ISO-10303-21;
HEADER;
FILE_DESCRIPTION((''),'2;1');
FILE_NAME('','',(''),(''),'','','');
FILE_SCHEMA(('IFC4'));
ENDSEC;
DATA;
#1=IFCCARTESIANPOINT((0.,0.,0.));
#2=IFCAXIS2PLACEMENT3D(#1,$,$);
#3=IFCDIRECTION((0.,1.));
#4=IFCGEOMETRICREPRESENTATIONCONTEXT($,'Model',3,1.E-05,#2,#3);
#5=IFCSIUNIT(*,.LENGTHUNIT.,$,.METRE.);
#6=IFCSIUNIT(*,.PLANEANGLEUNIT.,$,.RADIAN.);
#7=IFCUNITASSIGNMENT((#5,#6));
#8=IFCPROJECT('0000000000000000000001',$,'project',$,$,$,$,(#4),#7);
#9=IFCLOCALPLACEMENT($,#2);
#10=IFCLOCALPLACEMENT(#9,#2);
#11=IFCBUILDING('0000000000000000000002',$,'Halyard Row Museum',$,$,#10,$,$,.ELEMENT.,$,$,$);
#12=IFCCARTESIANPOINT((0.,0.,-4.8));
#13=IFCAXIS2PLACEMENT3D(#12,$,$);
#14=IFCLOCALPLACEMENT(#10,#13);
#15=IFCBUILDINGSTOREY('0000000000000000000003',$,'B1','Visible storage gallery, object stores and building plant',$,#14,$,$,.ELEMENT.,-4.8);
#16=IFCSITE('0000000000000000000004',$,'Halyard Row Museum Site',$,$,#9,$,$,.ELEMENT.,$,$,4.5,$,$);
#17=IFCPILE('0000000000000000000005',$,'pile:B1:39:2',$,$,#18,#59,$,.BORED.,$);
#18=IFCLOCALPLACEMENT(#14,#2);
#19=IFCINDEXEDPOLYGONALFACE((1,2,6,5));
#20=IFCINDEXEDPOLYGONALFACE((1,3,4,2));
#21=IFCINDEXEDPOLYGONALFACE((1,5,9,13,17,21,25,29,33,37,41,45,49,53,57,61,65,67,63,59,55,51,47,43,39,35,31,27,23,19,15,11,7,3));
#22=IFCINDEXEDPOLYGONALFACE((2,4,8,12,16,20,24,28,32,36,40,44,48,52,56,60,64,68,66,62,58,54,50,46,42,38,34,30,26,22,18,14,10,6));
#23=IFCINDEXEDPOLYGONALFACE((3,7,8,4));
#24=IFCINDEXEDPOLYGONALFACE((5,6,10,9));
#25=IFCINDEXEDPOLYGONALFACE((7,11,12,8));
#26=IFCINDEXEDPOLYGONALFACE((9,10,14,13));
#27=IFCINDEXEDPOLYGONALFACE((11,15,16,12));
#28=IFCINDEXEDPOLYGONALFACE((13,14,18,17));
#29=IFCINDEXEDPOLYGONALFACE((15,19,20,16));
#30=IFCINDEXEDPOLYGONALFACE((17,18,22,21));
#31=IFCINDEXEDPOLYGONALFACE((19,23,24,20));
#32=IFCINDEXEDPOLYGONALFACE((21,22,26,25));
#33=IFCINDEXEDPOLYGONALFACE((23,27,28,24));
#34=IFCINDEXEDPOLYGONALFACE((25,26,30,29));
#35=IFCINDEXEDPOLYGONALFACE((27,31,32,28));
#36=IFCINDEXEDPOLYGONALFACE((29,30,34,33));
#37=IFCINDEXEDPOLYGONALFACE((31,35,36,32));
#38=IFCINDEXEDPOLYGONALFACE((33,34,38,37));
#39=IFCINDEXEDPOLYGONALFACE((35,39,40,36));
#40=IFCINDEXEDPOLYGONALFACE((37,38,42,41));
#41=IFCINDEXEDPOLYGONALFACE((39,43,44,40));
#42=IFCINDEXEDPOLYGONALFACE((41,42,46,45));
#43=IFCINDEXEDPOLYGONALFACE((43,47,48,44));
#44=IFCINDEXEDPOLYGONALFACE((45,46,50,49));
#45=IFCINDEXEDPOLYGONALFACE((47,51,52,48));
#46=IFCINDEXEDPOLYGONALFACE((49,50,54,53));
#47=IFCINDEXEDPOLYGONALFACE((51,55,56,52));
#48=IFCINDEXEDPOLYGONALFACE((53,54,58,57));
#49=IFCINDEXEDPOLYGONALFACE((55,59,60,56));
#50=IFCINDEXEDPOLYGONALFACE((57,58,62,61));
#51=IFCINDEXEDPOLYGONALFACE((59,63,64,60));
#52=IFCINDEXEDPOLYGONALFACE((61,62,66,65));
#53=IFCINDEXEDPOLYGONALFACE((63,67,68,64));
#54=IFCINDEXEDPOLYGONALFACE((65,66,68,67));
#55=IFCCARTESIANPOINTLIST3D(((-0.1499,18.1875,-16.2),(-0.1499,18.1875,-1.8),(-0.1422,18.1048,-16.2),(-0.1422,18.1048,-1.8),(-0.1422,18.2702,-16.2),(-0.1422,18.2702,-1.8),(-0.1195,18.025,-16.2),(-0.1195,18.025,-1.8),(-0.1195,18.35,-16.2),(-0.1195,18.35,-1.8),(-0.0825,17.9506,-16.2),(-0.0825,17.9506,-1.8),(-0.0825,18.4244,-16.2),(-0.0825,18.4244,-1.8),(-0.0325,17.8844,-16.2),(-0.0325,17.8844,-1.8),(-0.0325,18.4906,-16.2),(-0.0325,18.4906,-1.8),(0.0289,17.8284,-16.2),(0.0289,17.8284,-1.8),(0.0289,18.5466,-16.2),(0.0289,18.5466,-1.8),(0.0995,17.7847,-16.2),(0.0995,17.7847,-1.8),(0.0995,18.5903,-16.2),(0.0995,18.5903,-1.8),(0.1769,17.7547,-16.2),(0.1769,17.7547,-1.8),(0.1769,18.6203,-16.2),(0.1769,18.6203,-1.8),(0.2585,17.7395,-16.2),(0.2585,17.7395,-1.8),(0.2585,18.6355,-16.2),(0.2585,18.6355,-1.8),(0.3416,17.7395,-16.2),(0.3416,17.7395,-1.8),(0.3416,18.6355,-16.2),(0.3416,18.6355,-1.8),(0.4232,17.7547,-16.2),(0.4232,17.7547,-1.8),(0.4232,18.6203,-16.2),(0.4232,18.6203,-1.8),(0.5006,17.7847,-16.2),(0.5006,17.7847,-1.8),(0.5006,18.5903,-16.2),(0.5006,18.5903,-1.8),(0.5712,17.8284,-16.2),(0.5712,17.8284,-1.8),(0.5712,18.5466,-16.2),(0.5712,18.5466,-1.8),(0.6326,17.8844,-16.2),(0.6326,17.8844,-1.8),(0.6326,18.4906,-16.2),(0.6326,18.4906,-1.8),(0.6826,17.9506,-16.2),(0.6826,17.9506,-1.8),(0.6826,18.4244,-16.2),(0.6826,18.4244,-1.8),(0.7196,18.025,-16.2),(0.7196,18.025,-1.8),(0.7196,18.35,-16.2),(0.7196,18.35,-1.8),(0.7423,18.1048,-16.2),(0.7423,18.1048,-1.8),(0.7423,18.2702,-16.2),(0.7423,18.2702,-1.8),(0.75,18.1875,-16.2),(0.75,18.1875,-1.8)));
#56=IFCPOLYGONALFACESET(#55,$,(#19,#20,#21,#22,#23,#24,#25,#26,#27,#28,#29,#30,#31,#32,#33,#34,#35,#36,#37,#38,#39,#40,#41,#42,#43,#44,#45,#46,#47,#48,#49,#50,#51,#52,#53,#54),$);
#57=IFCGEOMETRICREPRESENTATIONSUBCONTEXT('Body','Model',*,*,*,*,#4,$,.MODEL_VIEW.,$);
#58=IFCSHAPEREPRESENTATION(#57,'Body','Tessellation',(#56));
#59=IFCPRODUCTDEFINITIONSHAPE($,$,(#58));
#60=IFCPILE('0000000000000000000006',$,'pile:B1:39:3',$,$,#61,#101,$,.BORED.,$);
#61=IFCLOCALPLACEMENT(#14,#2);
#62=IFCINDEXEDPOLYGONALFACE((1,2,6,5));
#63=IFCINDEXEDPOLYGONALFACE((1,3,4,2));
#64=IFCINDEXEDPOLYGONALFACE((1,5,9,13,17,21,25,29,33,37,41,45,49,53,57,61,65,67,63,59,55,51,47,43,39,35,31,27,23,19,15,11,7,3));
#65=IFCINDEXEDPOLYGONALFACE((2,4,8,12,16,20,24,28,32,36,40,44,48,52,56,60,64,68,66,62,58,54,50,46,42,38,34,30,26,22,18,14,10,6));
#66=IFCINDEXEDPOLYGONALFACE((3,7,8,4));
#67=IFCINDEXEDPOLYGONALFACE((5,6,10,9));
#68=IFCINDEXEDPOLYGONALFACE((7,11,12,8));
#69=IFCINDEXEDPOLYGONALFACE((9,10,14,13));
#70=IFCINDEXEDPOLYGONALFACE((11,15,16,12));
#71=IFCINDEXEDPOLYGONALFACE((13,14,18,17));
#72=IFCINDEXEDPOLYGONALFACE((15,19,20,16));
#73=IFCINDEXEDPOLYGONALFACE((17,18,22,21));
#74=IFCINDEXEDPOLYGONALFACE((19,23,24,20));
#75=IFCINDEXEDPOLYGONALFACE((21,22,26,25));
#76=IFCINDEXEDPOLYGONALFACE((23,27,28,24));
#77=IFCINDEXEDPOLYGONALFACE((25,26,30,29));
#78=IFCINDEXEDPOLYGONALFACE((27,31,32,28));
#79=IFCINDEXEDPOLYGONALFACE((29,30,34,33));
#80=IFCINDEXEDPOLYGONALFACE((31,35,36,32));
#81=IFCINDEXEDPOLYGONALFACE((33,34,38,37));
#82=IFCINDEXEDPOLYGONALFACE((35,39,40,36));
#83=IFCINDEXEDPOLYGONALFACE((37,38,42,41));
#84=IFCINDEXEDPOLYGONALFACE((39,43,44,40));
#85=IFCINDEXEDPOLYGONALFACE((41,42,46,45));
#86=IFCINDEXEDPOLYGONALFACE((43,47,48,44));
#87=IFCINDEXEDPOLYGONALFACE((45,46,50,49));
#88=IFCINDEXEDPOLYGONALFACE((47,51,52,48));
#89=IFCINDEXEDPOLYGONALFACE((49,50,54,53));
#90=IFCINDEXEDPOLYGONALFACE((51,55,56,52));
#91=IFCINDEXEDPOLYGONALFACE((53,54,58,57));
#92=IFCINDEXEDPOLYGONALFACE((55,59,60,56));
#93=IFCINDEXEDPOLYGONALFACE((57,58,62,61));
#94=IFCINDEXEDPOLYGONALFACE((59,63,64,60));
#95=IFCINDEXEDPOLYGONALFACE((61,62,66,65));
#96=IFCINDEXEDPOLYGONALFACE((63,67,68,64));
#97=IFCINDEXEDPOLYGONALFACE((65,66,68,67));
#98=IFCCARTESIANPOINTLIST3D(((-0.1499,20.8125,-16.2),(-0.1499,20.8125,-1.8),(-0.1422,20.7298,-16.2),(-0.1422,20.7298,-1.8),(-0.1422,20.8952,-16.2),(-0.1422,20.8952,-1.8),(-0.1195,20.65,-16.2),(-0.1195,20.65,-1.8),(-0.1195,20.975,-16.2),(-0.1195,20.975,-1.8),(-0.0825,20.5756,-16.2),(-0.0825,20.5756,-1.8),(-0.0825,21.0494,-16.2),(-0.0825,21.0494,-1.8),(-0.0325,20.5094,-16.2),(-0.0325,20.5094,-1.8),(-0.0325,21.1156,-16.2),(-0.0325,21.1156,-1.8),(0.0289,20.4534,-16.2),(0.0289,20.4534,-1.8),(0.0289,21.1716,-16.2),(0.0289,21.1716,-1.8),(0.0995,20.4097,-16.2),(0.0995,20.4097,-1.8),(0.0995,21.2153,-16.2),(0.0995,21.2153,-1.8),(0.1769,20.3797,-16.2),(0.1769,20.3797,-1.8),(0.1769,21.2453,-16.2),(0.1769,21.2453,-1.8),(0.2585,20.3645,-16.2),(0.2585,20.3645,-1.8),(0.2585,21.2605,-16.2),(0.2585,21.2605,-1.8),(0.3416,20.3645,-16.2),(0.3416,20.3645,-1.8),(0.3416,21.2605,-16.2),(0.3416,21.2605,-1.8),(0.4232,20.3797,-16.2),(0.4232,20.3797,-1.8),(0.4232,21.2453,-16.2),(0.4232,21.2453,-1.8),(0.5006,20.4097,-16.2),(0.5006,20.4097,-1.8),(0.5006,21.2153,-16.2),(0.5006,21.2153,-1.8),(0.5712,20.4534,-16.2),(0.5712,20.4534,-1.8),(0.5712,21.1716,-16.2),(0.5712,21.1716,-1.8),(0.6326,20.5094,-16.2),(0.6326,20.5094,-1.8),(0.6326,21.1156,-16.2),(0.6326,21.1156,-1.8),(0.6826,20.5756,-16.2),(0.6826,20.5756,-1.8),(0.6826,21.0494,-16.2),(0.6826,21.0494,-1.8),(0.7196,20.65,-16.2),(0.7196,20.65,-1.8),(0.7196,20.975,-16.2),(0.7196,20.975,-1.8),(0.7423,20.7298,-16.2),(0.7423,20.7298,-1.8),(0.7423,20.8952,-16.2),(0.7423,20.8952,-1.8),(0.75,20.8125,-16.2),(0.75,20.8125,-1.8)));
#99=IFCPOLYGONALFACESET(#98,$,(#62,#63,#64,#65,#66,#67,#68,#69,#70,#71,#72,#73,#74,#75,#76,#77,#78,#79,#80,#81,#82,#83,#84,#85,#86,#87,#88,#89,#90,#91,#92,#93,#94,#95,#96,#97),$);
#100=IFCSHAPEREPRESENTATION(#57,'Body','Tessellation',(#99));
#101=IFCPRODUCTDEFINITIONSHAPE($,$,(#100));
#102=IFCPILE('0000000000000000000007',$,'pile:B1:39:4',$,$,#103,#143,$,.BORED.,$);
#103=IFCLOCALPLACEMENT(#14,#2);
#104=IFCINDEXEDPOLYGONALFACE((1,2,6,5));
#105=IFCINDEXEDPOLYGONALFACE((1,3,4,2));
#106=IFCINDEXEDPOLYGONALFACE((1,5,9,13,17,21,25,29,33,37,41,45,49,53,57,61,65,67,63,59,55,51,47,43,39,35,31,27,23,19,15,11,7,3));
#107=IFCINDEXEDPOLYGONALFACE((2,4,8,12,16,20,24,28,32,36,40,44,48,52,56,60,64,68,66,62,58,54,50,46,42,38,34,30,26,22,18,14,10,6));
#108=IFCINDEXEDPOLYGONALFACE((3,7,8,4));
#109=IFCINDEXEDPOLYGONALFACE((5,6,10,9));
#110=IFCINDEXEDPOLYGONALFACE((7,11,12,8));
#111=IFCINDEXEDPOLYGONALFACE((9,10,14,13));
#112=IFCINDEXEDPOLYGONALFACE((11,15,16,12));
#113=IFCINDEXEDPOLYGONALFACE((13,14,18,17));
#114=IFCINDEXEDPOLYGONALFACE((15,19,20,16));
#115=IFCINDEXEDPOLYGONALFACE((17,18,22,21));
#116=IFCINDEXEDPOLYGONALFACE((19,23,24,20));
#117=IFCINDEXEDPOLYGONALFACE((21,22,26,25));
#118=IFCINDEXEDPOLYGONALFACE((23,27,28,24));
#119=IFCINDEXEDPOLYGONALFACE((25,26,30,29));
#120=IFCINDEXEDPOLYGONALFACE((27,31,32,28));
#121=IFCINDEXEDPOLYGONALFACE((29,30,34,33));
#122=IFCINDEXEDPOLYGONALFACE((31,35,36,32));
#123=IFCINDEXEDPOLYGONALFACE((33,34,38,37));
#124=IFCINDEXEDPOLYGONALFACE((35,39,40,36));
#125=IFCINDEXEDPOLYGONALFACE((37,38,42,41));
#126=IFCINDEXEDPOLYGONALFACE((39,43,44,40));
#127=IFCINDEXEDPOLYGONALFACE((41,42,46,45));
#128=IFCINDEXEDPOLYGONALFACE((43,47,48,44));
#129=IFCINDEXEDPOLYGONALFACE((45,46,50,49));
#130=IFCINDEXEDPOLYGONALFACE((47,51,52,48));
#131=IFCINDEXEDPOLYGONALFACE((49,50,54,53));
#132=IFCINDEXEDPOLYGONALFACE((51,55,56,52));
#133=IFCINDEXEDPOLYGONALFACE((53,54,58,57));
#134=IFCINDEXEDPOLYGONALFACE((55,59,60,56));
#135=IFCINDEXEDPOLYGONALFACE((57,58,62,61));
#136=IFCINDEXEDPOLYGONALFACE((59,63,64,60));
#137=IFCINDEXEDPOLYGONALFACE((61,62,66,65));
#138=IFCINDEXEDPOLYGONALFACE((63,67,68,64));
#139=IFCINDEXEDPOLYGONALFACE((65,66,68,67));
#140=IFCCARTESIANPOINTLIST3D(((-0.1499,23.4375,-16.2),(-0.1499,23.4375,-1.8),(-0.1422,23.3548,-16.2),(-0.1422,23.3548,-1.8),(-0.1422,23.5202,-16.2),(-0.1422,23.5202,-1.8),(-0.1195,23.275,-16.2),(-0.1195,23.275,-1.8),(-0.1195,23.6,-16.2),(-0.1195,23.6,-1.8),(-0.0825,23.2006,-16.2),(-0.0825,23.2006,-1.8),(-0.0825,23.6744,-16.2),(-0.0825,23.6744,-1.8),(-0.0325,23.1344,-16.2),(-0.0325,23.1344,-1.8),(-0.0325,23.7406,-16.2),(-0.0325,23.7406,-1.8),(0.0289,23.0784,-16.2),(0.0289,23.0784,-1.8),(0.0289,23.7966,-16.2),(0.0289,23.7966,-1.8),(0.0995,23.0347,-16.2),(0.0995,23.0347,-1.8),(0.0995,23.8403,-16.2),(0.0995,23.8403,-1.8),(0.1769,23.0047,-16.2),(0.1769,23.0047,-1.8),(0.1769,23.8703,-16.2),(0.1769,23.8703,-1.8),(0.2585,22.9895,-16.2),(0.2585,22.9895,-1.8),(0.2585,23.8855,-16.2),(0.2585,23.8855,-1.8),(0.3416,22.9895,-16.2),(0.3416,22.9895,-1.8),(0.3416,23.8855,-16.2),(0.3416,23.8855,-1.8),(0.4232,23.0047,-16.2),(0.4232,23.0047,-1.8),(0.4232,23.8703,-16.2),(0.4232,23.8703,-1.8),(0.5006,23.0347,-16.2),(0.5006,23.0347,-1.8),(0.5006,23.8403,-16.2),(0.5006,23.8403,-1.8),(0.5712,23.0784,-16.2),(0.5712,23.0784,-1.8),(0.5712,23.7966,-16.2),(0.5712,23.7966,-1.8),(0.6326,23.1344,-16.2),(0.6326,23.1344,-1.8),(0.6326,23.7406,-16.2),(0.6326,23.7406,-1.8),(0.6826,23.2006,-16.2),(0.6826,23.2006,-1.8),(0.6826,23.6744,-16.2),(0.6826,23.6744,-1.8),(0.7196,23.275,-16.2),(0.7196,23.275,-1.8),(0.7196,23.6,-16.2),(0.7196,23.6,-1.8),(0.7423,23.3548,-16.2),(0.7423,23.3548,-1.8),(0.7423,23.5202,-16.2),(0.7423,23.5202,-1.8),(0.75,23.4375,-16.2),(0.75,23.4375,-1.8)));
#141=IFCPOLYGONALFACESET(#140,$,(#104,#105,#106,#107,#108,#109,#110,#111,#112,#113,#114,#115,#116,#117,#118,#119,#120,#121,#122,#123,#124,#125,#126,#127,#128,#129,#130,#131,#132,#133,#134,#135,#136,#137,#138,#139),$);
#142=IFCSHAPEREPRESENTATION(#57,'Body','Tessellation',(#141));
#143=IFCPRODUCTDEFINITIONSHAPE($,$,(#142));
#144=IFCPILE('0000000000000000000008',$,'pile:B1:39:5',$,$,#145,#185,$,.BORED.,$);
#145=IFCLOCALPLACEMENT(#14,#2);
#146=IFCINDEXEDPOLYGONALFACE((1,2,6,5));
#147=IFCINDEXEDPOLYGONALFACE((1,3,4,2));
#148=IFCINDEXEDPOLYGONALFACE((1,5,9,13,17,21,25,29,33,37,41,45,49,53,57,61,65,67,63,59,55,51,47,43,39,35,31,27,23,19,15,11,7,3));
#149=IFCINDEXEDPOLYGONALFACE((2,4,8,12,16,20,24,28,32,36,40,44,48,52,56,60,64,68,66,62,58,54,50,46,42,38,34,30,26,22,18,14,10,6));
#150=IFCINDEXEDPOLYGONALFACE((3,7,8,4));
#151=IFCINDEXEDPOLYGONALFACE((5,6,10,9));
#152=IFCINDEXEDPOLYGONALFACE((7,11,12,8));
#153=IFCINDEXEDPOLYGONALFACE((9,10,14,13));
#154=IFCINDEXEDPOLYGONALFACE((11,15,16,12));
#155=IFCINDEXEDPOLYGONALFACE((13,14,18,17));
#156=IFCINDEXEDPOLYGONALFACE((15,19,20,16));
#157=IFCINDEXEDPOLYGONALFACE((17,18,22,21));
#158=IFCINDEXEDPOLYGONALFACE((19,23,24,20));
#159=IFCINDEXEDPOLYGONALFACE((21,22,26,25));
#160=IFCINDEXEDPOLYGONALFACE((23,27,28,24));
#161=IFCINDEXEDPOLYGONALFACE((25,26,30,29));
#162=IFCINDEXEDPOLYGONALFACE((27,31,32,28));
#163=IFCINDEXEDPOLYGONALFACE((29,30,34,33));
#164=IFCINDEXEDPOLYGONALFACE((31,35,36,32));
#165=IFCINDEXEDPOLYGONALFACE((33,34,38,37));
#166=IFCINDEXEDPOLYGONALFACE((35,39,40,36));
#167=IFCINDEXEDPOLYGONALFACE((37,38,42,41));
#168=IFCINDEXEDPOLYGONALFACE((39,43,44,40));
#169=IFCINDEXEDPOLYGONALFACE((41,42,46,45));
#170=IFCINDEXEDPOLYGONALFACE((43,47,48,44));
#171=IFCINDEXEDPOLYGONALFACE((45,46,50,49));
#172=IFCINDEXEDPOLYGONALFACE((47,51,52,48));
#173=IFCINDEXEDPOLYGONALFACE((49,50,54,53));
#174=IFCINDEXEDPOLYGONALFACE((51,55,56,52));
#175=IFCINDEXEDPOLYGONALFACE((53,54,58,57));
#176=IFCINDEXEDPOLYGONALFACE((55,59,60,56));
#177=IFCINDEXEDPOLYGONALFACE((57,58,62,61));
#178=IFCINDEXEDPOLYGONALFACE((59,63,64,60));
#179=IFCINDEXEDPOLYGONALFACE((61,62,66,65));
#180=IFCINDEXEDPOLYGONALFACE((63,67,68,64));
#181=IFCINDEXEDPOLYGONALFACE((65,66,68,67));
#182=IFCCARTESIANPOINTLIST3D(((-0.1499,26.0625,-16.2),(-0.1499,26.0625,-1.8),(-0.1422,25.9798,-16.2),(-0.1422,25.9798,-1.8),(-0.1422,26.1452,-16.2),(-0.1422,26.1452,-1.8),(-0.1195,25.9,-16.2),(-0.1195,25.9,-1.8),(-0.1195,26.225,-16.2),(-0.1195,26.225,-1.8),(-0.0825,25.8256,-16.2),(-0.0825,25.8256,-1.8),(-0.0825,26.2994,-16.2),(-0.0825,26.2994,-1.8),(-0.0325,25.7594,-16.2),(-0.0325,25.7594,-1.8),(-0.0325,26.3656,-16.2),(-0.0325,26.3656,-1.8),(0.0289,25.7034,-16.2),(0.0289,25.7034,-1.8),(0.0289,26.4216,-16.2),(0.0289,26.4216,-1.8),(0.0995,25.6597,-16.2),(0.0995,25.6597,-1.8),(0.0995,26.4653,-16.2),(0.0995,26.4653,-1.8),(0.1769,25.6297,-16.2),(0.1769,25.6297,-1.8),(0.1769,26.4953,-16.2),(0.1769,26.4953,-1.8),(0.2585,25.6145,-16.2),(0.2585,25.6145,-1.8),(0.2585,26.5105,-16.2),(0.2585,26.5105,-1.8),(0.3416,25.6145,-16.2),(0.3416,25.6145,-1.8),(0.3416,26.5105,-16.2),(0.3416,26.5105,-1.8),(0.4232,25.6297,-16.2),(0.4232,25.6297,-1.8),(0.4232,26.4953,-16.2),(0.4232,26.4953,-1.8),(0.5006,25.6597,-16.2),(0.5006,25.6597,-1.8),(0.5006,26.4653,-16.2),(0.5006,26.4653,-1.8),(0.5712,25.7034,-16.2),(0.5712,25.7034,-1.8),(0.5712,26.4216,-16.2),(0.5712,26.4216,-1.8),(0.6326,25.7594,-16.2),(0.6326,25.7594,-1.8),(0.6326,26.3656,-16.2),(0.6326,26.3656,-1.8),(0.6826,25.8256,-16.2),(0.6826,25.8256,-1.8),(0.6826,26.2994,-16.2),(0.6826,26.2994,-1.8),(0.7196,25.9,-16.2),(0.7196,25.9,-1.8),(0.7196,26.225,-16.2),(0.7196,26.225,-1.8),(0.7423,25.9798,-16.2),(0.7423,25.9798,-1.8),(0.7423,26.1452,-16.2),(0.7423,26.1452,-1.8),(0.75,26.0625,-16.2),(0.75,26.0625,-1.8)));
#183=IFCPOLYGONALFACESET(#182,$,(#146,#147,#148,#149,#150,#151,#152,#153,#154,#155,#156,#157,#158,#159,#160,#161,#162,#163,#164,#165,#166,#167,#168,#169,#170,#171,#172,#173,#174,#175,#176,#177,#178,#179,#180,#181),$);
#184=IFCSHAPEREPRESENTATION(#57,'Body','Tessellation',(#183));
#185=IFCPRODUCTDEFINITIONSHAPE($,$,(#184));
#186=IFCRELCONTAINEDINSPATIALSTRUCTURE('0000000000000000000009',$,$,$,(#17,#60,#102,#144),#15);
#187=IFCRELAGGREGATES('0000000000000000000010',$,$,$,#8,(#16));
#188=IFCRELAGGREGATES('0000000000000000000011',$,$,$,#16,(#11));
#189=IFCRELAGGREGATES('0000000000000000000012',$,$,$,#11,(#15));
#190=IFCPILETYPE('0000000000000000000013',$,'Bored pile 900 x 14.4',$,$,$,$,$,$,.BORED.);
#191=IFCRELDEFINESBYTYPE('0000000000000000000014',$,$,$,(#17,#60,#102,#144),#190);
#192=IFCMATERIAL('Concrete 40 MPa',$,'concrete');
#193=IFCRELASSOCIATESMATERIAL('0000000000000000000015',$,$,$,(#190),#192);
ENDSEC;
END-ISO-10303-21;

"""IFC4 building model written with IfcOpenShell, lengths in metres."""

from ifc_helpers import new_model, si_unit, direction, frame, origin, origin_2d, place, context, subcontext, project, spatial, circle, extrude, material, material_profile, profile_set, type_object, element, save


model = new_model("IFC4")

# Units and contexts
model_context = context("Model", 3, precision=1e-05, world=origin(), true_north=direction((0.0, 1.0)))
body_context = subcontext(model_context, "Body", "Model", "MODEL_VIEW")
ifc_project = project(units=[si_unit("LENGTHUNIT", "METRE"), si_unit("PLANEANGLEUNIT", "RADIAN")], contexts=[model_context])

# Site, building, storey
site_placement = place(None, origin())
site = spatial("IfcSite", under=ifc_project, at=site_placement, Name="Halyard Row Museum Site", CompositionType="ELEMENT", RefElevation=4.5)
building_placement = place(site_placement, origin())
building = spatial("IfcBuilding", under=site, at=building_placement, Name="Halyard Row Museum", CompositionType="ELEMENT")
storey_placement = place(building_placement, frame((0.0, 0.0, -4.8)))
storey = spatial("IfcBuildingStorey", under=building, at=storey_placement, Name="B1", Description="Visible storage gallery, object stores and building plant", CompositionType="ELEMENT", Elevation=-4.8)

# Piles
ifc_material_1 = material(Name="Concrete 40 MPa", Category="concrete")
ifc_material_profile_1 = material_profile(ifc_material_1, circle(Radius=0.45, at=origin_2d()), Name="Bored pile 900 x 14.4")
ifc_profile_set_1 = profile_set([ifc_material_profile_1], Name="Concrete 40 MPa")
pile_type_1 = type_object("IfcPileType", Name="Bored pile 900 x 14.4", PredefinedType="BORED", material=ifc_profile_set_1)
for number, where, z_axis, x_axis, name in (
    (1, (0.3, 18.1875, -1.8), (0.0, 0.0, -1.0), (1.0, 0.0, 0.0), "pile:B1:39:2"),
    (2, (0.3, 20.8125, -1.8), (0.0, 0.0, -1.0), (1.0, 0.0, 0.0), "pile:B1:39:3"),
    (3, (0.3, 23.4375, -1.8), (0.0, 0.0, -1.0), (1.0, 0.0, 0.0), "pile:B1:39:4"),
    (4, (0.3, 26.0625, -1.8), (0.0, 0.0, -1.0), (1.0, 0.0, 0.0), "pile:B1:39:5"),
):
    element("IfcPile", number, at=place(storey_placement, frame(where, z_axis=z_axis, x_axis=x_axis)), inside=storey, type_object=pile_type_1, Name=name, PredefinedType="BORED", context=body_context, shape_type="SweptSolid", body=[
        extrude(circle(Radius=0.45, at=origin_2d()), origin(), (0.0, 0.0, 1.0), 14.3999),
    ])

save(model, "model.ifc")
